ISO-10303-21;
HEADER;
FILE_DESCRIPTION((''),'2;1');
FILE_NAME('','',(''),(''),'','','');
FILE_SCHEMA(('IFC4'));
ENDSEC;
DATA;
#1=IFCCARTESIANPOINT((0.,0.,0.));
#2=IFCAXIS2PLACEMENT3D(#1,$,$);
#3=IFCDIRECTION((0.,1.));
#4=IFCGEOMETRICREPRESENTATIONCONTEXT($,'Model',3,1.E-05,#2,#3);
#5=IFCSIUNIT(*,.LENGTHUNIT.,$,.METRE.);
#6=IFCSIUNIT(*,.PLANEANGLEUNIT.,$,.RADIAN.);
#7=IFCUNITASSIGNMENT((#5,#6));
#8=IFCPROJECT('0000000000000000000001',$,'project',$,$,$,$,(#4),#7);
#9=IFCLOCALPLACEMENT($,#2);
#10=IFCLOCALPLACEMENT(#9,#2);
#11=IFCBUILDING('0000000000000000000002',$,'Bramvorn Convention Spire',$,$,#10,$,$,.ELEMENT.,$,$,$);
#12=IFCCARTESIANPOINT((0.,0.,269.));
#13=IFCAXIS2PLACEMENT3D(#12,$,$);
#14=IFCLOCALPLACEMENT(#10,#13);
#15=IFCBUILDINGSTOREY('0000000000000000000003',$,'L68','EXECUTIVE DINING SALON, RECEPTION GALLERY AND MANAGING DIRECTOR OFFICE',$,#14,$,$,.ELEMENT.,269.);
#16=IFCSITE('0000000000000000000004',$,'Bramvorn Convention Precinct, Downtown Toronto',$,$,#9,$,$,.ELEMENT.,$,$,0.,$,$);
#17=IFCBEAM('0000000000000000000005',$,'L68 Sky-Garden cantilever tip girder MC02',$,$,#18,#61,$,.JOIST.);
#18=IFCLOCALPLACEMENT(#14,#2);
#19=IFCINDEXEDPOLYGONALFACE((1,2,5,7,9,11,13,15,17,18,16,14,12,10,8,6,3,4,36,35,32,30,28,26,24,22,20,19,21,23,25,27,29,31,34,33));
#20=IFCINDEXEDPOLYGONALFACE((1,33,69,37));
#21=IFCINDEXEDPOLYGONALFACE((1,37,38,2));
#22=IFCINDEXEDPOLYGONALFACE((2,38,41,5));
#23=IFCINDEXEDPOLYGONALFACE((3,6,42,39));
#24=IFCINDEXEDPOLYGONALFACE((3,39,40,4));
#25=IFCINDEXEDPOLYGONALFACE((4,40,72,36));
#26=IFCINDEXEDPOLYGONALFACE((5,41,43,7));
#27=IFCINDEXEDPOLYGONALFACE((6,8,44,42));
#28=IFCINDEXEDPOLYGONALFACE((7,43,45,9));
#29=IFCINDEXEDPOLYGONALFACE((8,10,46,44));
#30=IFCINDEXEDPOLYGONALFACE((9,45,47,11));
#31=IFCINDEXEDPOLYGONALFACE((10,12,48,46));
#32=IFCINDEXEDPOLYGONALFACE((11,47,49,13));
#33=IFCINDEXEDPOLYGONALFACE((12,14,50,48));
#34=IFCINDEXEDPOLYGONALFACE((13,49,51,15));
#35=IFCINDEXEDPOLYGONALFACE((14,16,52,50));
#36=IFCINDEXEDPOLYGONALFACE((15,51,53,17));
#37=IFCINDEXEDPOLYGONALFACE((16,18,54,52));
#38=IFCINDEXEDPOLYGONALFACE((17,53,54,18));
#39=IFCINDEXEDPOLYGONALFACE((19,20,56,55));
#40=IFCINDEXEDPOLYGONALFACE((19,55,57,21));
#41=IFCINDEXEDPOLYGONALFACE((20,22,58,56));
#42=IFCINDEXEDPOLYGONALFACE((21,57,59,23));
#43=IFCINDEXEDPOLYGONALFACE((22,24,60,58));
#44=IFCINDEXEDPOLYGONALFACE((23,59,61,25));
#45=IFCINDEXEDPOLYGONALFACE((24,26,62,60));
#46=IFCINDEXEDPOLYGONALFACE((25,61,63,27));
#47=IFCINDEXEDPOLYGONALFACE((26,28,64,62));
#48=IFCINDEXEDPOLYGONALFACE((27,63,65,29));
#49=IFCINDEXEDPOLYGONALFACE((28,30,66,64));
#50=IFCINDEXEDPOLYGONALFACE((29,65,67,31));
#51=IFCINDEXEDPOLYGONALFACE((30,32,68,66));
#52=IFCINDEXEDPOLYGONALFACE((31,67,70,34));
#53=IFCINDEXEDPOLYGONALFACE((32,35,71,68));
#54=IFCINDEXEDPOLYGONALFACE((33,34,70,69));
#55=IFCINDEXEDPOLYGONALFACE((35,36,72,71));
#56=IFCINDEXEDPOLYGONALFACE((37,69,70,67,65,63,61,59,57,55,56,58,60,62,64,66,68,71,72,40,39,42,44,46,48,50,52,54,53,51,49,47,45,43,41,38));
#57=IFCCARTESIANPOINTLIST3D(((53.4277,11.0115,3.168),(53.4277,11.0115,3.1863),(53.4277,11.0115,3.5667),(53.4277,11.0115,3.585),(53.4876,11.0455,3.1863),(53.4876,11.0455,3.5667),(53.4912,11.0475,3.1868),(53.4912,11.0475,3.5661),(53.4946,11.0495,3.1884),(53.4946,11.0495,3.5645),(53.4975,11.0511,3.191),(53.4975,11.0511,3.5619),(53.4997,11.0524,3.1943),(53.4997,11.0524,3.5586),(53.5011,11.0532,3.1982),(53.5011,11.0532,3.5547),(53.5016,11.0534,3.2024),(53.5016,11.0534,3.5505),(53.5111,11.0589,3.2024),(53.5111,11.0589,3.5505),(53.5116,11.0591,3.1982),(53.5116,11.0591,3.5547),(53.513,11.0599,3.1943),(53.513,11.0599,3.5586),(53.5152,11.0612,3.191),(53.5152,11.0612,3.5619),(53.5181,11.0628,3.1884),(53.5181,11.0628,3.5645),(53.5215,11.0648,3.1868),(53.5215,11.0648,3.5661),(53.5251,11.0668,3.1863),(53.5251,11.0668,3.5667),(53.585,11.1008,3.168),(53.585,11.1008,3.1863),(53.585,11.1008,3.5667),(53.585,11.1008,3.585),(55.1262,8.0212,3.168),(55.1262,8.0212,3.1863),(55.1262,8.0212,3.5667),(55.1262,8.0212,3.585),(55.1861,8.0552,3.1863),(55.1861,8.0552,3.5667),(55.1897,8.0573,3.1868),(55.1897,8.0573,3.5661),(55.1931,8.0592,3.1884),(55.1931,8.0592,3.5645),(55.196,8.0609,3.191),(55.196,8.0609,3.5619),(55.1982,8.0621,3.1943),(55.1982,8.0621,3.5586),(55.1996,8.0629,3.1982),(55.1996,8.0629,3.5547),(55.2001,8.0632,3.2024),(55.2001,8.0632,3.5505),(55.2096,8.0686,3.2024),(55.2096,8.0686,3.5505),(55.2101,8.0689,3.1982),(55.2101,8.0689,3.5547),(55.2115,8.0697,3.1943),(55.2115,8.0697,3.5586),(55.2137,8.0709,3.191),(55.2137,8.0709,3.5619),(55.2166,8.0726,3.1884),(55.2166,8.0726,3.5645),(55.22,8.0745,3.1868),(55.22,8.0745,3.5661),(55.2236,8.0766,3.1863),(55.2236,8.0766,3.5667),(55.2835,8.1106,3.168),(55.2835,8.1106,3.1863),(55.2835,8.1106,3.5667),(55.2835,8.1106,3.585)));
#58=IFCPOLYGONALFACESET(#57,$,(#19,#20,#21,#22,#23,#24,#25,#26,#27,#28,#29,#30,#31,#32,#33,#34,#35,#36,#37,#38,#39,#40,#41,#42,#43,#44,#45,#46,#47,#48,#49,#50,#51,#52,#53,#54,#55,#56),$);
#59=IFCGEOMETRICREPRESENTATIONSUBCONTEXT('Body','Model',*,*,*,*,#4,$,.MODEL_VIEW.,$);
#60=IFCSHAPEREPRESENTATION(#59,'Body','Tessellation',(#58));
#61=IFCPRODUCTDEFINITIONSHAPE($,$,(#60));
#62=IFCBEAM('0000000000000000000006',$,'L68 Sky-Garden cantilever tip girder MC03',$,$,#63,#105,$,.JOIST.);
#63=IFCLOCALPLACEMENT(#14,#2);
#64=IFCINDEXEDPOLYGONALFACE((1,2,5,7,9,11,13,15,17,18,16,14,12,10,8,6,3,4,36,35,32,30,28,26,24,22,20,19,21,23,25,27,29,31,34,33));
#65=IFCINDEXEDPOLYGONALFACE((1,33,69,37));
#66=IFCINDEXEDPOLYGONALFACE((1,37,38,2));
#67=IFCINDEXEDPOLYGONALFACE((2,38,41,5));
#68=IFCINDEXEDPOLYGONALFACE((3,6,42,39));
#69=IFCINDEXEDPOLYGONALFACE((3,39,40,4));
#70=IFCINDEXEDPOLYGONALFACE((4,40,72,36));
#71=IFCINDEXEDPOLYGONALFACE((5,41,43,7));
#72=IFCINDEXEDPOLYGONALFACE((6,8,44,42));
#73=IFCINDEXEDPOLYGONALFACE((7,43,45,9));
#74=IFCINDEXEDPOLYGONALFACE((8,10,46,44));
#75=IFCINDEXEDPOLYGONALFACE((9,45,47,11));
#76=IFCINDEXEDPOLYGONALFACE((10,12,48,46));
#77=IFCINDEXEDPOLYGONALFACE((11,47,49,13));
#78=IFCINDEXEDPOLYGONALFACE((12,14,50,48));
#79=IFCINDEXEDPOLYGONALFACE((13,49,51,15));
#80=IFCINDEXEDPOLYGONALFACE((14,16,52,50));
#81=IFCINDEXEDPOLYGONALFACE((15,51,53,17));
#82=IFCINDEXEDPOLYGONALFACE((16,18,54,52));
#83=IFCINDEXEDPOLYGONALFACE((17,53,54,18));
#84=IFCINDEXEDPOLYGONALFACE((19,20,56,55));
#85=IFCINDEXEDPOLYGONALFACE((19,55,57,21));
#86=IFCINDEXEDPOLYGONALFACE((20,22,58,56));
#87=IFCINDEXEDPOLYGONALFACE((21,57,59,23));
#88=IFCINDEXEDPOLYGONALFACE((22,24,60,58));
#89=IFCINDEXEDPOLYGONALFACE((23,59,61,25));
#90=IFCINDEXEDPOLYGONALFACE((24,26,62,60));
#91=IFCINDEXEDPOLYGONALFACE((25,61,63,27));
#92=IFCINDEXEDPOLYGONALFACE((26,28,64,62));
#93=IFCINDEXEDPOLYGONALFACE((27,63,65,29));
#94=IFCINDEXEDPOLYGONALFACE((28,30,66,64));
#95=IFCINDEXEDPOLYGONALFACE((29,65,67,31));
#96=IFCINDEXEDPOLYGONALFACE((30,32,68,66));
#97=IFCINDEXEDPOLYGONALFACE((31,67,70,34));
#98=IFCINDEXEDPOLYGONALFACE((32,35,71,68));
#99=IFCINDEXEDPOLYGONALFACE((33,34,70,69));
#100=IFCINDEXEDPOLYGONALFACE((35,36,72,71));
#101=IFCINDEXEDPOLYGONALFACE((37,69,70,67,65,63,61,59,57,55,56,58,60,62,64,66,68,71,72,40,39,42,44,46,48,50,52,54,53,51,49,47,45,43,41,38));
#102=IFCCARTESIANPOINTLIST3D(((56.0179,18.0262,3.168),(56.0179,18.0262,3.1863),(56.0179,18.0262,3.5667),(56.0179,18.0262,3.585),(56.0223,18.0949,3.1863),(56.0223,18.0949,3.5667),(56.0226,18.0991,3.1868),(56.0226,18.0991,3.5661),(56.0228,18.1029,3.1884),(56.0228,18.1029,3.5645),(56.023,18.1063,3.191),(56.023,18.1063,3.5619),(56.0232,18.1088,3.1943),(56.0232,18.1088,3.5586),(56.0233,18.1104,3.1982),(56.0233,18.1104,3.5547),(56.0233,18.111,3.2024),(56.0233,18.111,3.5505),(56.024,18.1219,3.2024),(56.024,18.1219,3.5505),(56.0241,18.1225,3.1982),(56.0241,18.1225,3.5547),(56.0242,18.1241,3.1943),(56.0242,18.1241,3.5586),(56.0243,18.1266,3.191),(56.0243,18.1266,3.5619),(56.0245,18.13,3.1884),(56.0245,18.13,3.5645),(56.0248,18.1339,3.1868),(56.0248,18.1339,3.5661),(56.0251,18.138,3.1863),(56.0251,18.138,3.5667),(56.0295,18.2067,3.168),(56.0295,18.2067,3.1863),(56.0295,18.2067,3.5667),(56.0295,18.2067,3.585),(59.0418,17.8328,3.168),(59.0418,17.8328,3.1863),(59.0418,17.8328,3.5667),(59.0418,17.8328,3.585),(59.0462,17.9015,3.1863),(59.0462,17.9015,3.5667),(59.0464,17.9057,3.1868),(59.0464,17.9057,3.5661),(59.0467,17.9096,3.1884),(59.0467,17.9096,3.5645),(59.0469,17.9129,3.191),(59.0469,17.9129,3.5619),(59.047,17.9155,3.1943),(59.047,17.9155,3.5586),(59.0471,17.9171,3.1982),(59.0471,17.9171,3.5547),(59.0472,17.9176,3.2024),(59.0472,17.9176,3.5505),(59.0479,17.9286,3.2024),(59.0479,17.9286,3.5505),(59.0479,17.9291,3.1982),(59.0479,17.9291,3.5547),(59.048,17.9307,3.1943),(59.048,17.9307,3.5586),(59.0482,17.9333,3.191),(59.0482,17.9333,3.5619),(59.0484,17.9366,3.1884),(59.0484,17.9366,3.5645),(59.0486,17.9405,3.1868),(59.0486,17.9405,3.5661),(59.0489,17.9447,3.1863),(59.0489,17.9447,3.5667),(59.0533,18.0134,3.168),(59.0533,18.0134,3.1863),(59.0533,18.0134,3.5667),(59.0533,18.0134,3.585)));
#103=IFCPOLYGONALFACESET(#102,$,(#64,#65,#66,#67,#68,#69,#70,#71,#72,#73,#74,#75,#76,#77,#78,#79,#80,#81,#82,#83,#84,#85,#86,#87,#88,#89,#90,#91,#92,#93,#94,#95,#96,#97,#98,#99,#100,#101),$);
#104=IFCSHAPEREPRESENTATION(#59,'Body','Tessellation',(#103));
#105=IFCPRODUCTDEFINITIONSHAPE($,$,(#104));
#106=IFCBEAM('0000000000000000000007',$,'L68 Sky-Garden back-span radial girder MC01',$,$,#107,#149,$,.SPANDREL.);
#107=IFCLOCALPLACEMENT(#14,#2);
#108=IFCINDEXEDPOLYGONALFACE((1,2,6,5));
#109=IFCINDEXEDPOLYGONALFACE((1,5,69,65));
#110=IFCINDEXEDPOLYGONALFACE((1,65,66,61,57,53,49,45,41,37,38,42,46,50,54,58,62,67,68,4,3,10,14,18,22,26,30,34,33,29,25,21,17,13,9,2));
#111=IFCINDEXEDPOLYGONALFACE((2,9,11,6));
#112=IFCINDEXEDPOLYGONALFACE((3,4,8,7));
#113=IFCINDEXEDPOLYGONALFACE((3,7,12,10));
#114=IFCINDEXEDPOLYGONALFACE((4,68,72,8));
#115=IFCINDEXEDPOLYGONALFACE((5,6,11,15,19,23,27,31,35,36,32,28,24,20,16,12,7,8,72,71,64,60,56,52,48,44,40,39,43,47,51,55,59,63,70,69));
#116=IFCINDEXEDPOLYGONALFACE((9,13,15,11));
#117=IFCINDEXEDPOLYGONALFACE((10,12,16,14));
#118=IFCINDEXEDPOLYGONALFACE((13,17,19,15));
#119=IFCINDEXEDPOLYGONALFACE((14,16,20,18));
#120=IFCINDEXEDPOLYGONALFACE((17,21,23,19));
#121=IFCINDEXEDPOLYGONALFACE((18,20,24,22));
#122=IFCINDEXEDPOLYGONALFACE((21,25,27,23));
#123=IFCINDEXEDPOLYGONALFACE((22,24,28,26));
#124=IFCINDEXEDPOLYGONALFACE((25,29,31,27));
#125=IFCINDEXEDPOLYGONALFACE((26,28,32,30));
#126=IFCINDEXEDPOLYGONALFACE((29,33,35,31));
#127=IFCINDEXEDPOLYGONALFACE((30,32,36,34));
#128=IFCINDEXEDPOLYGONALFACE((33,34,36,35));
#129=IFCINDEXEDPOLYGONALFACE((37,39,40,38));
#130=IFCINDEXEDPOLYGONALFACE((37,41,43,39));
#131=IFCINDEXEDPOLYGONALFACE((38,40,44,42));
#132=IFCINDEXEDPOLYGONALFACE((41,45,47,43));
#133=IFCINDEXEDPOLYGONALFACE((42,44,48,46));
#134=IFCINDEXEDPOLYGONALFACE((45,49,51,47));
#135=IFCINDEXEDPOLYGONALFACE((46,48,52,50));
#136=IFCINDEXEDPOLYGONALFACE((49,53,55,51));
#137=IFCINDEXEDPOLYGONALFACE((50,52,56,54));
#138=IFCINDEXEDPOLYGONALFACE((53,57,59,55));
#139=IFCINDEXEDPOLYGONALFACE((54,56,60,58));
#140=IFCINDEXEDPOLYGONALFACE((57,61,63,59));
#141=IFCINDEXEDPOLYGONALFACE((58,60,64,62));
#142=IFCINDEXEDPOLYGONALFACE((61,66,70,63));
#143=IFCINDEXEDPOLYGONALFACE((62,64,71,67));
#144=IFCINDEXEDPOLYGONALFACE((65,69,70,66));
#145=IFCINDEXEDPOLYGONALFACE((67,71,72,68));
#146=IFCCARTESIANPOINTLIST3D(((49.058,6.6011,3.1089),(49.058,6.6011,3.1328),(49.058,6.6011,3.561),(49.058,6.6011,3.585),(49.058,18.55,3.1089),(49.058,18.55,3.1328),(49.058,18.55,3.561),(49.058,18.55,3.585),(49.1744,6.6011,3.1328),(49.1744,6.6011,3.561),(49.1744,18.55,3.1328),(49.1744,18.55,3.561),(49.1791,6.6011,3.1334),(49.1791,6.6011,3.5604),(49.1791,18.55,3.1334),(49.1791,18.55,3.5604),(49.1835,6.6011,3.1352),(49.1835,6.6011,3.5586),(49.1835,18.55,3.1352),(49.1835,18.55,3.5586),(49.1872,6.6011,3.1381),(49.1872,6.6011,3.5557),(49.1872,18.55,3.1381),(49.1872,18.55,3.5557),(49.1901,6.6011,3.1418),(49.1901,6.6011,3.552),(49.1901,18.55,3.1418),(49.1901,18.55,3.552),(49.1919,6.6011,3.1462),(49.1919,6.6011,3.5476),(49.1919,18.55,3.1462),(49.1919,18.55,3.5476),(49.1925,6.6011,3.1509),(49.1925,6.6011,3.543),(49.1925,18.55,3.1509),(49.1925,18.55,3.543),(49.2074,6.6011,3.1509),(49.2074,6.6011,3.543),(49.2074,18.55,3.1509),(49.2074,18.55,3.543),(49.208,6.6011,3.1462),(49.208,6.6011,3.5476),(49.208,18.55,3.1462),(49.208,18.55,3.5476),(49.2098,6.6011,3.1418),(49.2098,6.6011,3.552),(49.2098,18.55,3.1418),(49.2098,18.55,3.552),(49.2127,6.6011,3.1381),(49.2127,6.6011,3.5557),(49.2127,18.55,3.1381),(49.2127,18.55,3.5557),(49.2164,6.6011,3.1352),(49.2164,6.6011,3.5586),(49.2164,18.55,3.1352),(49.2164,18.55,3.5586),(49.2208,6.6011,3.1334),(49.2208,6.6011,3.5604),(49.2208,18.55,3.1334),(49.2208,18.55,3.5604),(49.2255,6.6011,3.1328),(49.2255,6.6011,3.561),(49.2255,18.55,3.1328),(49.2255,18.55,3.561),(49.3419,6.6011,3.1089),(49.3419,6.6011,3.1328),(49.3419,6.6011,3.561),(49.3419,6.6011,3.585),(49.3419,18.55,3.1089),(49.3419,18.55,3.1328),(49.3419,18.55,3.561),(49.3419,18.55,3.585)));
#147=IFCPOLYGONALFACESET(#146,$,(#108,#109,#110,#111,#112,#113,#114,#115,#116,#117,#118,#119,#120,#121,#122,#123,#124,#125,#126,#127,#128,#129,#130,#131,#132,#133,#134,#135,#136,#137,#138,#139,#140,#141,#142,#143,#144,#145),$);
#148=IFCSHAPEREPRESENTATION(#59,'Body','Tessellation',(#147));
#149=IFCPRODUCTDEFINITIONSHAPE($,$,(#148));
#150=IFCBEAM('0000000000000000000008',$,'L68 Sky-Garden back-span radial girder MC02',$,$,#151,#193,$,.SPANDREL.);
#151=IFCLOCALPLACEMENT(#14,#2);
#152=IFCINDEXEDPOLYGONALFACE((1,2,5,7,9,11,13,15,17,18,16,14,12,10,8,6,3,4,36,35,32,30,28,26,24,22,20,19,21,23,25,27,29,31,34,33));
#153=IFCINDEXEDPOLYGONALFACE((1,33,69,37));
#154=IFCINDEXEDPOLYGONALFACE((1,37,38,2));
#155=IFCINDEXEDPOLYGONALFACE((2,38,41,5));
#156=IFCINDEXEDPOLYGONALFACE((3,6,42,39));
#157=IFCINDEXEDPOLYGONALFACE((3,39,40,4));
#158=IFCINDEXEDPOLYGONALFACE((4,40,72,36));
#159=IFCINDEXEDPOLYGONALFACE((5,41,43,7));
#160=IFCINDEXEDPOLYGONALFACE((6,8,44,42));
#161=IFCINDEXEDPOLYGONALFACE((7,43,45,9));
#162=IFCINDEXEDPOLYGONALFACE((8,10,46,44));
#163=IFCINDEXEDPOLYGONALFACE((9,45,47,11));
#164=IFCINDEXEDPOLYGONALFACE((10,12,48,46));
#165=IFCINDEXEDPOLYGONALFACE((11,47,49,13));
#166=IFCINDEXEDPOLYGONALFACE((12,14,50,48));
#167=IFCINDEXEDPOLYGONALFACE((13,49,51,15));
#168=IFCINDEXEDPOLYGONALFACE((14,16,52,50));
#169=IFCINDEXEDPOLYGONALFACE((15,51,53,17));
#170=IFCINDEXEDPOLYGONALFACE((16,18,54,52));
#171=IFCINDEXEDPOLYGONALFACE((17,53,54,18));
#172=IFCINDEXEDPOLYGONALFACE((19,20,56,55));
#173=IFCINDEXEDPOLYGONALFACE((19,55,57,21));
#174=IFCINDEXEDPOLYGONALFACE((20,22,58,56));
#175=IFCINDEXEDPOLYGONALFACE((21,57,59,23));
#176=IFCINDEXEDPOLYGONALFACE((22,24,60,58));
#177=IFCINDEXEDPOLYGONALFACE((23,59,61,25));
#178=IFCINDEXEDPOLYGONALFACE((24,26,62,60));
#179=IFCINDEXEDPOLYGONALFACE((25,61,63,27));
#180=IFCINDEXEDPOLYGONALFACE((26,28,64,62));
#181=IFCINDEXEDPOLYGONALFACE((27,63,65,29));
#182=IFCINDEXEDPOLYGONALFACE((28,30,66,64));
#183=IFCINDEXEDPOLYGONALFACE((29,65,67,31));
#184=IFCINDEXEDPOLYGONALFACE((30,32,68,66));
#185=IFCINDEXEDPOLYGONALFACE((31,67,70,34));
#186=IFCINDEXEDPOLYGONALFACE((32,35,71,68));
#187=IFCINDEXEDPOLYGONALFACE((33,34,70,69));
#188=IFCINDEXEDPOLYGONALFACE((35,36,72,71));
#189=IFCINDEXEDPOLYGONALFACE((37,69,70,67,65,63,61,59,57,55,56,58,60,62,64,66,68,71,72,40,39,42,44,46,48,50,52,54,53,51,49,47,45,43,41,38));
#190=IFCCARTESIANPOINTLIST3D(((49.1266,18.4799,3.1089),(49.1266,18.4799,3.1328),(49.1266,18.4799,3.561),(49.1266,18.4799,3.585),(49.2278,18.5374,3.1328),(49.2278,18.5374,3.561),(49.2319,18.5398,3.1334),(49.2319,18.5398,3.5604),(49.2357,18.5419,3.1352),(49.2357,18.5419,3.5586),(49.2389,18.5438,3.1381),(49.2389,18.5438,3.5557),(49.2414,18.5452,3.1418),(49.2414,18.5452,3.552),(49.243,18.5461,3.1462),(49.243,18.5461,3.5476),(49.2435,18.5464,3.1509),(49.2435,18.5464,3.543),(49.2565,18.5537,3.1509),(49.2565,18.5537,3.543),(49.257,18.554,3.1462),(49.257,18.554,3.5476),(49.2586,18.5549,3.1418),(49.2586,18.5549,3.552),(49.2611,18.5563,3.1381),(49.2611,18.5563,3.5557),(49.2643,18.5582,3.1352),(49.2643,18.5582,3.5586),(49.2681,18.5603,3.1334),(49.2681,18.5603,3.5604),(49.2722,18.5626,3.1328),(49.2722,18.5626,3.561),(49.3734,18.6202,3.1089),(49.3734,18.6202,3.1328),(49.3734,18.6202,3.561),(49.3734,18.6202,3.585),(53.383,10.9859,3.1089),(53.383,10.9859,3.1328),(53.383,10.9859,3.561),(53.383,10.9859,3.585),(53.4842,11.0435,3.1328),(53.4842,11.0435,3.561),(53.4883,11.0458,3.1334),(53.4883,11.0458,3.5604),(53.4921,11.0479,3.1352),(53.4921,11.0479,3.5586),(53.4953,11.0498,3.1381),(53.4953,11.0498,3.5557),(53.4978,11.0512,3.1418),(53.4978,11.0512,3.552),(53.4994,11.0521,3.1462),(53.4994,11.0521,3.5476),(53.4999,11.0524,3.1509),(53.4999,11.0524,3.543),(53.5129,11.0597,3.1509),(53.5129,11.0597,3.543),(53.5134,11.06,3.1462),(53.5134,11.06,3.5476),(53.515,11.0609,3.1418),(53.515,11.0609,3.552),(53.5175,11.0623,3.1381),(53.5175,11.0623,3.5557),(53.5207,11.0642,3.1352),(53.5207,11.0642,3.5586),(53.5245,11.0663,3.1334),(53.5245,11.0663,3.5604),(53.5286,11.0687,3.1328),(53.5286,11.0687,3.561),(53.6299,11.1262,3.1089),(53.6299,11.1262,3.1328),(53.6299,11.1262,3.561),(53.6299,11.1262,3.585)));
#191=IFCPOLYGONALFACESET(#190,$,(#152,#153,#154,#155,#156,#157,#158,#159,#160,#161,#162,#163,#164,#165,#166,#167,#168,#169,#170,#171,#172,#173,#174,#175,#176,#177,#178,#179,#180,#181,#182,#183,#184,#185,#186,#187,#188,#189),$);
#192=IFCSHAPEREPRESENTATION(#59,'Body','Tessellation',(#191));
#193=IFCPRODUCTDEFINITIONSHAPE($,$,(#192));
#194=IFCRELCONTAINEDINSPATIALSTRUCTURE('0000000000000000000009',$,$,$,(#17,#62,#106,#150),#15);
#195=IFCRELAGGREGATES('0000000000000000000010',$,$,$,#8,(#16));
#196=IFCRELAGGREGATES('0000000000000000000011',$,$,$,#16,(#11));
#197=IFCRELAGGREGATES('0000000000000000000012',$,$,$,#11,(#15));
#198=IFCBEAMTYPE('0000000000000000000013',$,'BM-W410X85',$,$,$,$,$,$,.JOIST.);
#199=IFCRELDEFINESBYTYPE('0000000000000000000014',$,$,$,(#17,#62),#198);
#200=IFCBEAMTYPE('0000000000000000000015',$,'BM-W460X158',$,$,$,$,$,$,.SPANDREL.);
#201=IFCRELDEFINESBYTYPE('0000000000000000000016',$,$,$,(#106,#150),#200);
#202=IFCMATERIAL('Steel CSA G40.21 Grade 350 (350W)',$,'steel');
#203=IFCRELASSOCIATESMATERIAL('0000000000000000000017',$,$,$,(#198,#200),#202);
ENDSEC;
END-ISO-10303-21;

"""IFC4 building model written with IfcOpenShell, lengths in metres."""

from ifc_helpers import new_model, si_unit, direction, frame, origin, origin_2d, place, context, subcontext, project, spatial, i_section, extrude, material, material_profile, profile_set, type_object, element, save


model = new_model("IFC4")

# Units and contexts
model_context = context("Model", 3, precision=1e-05, world=origin(), true_north=direction((0.0, 1.0)))
body_context = subcontext(model_context, "Body", "Model", "MODEL_VIEW")
ifc_project = project(units=[si_unit("LENGTHUNIT", "METRE"), si_unit("PLANEANGLEUNIT", "RADIAN")], contexts=[model_context])

# Site, building, storey
site_placement = place(None, origin())
site = spatial("IfcSite", under=ifc_project, at=site_placement, Name="Bramvorn Convention Precinct, Downtown Toronto", CompositionType="ELEMENT", RefElevation=0.0)
building_placement = place(site_placement, origin())
building = spatial("IfcBuilding", under=site, at=building_placement, Name="Bramvorn Convention Spire", CompositionType="ELEMENT")
storey_placement = place(building_placement, frame((0.0, 0.0, 269.0)))
storey = spatial("IfcBuildingStorey", under=building, at=storey_placement, Name="L68", Description="EXECUTIVE DINING SALON, RECEPTION GALLERY AND MANAGING DIRECTOR OFFICE", CompositionType="ELEMENT", Elevation=269.0)

# Shared definitions
ifc_material_1 = material(Name="Steel CSA G40.21 Grade 350 (350W)", Category="steel")

# Beams
ifc_material_profile_1 = material_profile(ifc_material_1, i_section(OverallWidth=0.1809, OverallDepth=0.417, WebThickness=0.011, FlangeThickness=0.0183, FilletRadius=0.0161, at=origin_2d()))
ifc_profile_set_1 = profile_set([ifc_material_profile_1], Name="Steel CSA G40.21 Grade 350 (350W) - W410X85")
beam_type_1 = type_object("IfcBeamType", Name="BM-W410X85", PredefinedType="JOIST", material=ifc_profile_set_1)
beam_1_placement = place(storey_placement, frame((53.5063, 11.0562, 3.3765), z_axis=(0.493897, -0.86952, 0.0), x_axis=(0.86952, 0.493897, 0.0)))
element("IfcBeam", 1, at=beam_1_placement, inside=storey, type_object=beam_type_1, Name="L68 Sky-Garden cantilever tip girder MC02", PredefinedType="JOIST", context=body_context, shape_type="SweptSolid", body=[
    extrude(i_section(OverallWidth=0.1809, OverallDepth=0.417, WebThickness=0.011, FlangeThickness=0.0183, FilletRadius=0.0161, at=origin_2d()), origin(), (0.0, 0.0, 1.0), 3.439),
])
beam_2_placement = place(storey_placement, frame((56.0237, 18.1165, 3.3765), z_axis=(0.997962, -0.063813, 0.0), x_axis=(0.063813, 0.997962, 0.0)))
element("IfcBeam", 2, at=beam_2_placement, inside=storey, type_object=beam_type_1, Name="L68 Sky-Garden cantilever tip girder MC03", PredefinedType="JOIST", context=body_context, shape_type="SweptSolid", body=[
    extrude(i_section(OverallWidth=0.1809, OverallDepth=0.417, WebThickness=0.011, FlangeThickness=0.0183, FilletRadius=0.0161, at=origin_2d()), origin(), (0.0, 0.0, 1.0), 3.03),
])
ifc_material_profile_2 = material_profile(ifc_material_1, i_section(OverallWidth=0.2839, OverallDepth=0.4761, WebThickness=0.0149, FlangeThickness=0.0239, FilletRadius=0.0181, at=origin_2d()))
ifc_profile_set_2 = profile_set([ifc_material_profile_2], Name="Steel CSA G40.21 Grade 350 (350W) - W460X158")
beam_type_2 = type_object("IfcBeamType", Name="BM-W460X158", PredefinedType="SPANDREL", material=ifc_profile_set_2)
beam_3_placement = place(storey_placement, frame((49.2, 18.55, 3.3469), z_axis=(0.0, -1.0, 0.0), x_axis=(1.0, 0.0, 0.0)))
element("IfcBeam", 3, at=beam_3_placement, inside=storey, type_object=beam_type_2, Name="L68 Sky-Garden back-span radial girder MC01", PredefinedType="SPANDREL", context=body_context, shape_type="SweptSolid", body=[
    extrude(i_section(OverallWidth=0.2839, OverallDepth=0.4761, WebThickness=0.0149, FlangeThickness=0.0239, FilletRadius=0.0181, at=origin_2d()), origin(), (0.0, 0.0, 1.0), 11.949),
])
beam_4_placement = place(storey_placement, frame((49.25, 18.55, 3.3469), z_axis=(0.493874, -0.869534, 0.0), x_axis=(0.869534, 0.493874, 0.0)))
element("IfcBeam", 4, at=beam_4_placement, inside=storey, type_object=beam_type_2, Name="L68 Sky-Garden back-span radial girder MC02", PredefinedType="SPANDREL", context=body_context, shape_type="SweptSolid", body=[
    extrude(i_section(OverallWidth=0.2839, OverallDepth=0.4761, WebThickness=0.0149, FlangeThickness=0.0239, FilletRadius=0.0181, at=origin_2d()), origin(), (0.0, 0.0, 1.0), 8.6184),
])

save(model, "model.ifc")
